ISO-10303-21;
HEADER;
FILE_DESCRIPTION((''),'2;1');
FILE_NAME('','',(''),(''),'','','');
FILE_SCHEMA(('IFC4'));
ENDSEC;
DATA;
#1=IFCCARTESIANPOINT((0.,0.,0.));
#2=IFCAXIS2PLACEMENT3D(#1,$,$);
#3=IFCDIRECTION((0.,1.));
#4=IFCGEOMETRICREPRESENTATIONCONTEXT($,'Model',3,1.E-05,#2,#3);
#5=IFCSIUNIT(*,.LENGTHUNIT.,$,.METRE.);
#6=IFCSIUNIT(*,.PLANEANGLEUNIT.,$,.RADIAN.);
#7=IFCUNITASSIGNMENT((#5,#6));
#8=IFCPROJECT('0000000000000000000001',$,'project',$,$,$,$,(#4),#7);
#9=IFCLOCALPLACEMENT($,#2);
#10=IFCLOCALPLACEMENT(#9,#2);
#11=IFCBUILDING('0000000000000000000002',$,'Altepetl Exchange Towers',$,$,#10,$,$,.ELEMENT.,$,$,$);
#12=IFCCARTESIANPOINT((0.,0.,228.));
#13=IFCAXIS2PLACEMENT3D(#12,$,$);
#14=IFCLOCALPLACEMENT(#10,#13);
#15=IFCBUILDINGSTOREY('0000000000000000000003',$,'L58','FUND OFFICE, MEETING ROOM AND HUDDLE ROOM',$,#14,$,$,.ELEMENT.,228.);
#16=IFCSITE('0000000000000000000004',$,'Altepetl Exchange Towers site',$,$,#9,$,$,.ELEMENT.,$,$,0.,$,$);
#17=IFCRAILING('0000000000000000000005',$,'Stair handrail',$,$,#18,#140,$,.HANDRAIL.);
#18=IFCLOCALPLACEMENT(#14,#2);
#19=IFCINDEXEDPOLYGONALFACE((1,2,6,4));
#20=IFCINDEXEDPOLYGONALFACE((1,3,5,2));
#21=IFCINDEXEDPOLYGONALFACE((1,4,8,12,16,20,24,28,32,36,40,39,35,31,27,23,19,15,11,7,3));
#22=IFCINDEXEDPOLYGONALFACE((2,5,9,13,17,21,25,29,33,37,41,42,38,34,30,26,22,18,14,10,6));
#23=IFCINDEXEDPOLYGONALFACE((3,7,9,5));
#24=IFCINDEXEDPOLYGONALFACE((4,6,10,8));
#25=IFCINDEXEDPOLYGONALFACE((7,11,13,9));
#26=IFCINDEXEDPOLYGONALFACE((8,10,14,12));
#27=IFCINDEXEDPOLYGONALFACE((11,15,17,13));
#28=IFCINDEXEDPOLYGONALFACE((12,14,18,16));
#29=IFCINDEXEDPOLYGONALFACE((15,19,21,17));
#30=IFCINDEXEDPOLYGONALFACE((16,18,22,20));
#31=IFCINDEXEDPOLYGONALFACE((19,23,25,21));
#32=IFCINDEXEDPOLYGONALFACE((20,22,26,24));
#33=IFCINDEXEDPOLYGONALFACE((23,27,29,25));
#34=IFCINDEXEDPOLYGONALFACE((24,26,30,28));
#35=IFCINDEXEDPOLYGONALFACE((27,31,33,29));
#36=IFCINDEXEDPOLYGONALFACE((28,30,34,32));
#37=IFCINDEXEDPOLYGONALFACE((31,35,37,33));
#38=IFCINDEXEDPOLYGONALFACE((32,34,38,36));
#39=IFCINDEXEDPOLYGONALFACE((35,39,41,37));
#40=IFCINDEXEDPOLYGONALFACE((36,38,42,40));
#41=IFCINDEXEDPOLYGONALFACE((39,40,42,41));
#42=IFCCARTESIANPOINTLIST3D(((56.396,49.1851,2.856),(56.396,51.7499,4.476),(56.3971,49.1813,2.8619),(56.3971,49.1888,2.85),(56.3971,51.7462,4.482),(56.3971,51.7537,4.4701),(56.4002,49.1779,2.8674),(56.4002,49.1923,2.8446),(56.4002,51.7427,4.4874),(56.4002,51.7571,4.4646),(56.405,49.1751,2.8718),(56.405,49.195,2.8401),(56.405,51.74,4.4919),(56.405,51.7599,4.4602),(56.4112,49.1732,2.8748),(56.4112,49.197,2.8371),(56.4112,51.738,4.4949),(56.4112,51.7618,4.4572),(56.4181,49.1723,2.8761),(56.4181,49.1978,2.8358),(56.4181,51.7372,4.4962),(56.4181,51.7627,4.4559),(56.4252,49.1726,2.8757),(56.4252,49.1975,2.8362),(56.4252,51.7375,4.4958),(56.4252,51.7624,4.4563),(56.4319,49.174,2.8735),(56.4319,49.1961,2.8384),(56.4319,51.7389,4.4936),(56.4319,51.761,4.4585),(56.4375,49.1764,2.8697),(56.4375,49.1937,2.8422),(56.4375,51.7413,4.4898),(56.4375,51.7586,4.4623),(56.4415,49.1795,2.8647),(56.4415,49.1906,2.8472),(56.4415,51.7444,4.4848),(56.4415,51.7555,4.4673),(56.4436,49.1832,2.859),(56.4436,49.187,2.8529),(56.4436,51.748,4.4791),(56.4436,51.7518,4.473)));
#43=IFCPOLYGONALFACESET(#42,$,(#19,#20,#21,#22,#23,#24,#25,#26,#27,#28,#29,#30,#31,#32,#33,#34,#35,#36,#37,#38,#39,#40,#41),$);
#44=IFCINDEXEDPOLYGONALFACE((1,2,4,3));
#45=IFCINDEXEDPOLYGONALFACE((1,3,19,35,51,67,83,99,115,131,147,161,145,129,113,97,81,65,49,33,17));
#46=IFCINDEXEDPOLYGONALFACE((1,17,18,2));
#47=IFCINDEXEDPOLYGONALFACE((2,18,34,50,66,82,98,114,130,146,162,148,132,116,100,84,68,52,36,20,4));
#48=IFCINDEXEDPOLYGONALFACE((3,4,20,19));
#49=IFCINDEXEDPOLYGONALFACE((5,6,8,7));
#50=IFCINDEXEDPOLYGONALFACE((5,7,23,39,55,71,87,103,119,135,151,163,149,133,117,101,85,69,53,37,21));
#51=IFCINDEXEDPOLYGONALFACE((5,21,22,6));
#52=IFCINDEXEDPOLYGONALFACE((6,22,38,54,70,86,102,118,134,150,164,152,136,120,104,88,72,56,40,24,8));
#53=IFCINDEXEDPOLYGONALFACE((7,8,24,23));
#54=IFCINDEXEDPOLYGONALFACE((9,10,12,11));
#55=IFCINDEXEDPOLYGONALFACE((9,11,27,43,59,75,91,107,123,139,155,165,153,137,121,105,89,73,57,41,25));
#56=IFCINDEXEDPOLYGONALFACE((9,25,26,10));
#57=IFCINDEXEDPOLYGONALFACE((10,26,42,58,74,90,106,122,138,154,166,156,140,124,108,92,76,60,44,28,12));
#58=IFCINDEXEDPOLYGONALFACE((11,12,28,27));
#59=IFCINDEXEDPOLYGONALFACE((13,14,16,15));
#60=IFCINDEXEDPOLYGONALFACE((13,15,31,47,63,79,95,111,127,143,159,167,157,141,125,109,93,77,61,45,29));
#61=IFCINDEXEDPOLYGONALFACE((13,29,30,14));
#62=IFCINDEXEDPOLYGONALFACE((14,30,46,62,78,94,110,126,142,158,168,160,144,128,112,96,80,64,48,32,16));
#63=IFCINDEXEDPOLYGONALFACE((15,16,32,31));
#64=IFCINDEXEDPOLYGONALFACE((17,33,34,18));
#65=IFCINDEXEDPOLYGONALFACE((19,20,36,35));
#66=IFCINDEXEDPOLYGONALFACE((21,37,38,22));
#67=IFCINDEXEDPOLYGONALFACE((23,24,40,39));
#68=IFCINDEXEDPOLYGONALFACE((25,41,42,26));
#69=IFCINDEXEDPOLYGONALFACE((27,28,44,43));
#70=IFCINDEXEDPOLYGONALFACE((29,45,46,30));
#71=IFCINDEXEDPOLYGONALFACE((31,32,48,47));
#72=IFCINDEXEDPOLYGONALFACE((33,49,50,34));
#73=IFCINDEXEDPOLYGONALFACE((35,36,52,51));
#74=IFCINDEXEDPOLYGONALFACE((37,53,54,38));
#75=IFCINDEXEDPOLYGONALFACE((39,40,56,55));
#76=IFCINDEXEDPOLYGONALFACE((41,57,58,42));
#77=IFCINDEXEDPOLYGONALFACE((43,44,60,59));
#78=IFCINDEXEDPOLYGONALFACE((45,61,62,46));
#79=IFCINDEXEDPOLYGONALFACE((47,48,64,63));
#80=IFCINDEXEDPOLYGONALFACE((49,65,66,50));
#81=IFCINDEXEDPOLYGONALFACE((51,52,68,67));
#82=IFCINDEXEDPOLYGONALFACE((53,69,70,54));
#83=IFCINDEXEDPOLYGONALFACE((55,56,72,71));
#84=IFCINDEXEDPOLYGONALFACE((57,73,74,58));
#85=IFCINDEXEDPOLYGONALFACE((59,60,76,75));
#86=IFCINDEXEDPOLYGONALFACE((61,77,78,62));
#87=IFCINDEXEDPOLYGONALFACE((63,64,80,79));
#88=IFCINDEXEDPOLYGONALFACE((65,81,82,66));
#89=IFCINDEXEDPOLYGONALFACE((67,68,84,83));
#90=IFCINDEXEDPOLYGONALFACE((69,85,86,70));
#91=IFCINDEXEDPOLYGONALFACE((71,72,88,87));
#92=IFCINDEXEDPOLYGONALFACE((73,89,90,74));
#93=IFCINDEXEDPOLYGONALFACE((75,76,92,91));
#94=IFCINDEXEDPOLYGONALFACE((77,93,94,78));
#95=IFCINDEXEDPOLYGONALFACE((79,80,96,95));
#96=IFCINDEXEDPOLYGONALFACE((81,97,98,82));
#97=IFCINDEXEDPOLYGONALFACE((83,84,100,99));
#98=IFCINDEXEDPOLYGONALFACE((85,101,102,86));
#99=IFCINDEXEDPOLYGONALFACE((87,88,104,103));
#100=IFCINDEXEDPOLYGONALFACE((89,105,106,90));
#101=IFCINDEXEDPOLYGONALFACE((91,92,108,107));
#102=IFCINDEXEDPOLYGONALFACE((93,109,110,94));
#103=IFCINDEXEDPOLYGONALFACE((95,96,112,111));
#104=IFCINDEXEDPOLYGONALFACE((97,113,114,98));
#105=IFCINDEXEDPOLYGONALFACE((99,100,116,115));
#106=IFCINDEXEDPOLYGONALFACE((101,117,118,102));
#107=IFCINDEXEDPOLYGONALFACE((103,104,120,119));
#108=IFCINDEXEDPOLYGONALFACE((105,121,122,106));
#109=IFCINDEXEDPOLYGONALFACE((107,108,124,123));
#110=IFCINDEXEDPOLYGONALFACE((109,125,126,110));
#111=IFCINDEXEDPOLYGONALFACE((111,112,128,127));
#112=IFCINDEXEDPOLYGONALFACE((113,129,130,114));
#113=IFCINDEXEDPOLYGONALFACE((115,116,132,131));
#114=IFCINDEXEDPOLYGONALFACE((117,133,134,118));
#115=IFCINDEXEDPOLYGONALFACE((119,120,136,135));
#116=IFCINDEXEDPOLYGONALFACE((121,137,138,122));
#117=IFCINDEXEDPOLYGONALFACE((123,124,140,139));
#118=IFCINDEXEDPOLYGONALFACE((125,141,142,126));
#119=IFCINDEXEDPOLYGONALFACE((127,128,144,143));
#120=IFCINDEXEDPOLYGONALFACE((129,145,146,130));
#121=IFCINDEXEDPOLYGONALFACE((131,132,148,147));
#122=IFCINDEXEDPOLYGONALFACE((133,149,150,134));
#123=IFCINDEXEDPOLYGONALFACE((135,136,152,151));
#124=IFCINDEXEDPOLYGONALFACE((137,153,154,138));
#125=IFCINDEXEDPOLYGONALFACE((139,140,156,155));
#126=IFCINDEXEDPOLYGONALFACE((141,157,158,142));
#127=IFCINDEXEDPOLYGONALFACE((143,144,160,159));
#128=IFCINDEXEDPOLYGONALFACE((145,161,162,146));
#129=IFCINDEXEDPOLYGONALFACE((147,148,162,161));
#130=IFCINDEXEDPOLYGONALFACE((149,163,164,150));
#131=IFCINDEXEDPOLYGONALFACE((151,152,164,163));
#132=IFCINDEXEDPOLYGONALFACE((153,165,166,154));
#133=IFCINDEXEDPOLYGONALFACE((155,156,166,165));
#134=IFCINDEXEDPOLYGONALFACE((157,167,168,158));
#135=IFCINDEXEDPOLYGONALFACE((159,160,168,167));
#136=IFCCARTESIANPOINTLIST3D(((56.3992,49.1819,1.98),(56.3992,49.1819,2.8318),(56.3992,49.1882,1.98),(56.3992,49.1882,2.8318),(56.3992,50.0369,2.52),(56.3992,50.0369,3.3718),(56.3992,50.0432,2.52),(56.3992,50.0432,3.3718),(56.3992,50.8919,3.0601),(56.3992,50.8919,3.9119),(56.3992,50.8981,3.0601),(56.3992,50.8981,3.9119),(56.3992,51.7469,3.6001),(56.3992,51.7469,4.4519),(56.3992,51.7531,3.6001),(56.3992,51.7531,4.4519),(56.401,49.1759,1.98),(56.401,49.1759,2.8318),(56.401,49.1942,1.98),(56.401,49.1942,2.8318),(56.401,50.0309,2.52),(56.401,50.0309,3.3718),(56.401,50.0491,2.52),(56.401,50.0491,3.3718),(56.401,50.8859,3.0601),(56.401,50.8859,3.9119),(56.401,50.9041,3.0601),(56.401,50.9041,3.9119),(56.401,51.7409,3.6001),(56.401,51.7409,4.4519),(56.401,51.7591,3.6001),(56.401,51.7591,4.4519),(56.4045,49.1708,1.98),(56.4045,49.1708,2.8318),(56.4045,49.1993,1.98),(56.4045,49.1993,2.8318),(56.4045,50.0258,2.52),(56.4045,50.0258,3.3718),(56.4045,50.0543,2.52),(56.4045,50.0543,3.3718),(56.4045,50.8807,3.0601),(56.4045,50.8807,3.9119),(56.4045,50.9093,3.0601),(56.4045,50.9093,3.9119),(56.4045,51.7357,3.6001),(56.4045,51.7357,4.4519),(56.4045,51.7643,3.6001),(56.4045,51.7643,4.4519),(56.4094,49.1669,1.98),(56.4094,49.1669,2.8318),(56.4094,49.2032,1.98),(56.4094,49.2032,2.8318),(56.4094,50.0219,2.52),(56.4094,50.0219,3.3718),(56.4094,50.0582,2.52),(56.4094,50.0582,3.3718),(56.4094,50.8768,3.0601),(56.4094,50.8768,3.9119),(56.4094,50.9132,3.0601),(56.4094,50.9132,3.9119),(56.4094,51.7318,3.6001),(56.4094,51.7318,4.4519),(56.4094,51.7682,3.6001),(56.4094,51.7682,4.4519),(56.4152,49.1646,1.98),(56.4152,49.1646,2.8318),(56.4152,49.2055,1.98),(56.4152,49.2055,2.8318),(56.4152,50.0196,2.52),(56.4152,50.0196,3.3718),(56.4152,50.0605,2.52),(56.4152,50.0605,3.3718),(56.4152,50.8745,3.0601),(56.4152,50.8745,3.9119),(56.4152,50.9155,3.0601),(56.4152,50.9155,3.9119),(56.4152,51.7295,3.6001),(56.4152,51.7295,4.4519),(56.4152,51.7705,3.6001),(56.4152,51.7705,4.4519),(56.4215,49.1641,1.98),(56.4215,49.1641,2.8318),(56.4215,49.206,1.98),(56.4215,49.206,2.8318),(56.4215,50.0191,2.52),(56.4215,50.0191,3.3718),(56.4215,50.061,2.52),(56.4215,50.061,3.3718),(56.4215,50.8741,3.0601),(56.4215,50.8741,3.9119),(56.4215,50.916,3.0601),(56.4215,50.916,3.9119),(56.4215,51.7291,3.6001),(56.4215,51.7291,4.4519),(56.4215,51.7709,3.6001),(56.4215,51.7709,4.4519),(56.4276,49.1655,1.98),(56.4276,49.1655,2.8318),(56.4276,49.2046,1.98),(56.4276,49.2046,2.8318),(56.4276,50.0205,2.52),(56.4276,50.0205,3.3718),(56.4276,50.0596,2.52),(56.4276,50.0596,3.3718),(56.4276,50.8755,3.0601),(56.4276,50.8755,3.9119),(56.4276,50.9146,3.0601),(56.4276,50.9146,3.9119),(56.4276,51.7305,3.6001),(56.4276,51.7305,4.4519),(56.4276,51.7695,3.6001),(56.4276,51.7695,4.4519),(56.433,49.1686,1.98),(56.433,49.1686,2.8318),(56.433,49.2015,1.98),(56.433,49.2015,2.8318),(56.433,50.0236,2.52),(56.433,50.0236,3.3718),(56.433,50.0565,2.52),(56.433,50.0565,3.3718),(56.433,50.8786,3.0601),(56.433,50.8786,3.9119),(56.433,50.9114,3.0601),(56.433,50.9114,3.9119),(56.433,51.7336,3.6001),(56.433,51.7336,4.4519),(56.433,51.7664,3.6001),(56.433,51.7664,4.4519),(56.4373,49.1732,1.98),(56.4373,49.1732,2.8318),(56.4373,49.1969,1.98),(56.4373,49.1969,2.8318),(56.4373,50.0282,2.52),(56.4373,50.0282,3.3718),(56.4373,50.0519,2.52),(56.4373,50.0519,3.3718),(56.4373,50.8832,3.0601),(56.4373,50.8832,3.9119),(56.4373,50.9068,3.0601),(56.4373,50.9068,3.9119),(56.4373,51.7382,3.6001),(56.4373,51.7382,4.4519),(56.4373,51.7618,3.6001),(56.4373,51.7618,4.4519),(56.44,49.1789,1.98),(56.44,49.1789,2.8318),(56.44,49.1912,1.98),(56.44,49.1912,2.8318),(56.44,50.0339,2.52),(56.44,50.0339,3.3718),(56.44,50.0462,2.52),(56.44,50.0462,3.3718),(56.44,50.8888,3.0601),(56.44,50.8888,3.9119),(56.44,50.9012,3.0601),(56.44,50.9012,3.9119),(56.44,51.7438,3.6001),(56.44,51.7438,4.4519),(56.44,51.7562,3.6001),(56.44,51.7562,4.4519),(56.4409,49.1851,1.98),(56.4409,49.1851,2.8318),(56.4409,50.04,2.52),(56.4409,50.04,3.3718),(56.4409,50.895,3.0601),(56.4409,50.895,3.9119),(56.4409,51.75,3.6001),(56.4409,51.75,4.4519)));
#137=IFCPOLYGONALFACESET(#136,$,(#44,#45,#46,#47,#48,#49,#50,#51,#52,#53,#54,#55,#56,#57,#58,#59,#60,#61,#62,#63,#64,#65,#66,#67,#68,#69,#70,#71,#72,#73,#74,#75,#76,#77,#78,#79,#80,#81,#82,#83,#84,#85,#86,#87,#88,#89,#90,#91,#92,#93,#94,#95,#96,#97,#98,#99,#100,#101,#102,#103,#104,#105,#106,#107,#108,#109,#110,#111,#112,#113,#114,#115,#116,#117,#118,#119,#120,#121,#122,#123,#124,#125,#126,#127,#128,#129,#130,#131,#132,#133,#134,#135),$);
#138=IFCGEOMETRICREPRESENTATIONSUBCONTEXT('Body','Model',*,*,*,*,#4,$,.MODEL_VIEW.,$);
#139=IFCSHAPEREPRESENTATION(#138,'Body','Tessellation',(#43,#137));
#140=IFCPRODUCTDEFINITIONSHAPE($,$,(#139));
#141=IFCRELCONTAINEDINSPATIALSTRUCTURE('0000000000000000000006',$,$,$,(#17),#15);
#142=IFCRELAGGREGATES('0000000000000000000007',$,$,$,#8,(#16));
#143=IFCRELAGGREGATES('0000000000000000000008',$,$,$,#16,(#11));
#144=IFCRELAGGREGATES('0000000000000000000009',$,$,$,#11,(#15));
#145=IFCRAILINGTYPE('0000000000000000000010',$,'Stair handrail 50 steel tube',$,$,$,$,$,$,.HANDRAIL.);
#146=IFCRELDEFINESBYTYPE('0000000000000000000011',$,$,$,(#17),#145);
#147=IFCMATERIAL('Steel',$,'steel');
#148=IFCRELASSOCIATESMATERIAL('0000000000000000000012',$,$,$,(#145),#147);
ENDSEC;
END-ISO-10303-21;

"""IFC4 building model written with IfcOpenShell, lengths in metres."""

from ifc_helpers import new_model, si_unit, direction, frame, origin, origin_2d, place, context, subcontext, project, spatial, circle, extrude, source, transform, mapped, material, type_object, element, save


model = new_model("IFC4")

# Units and contexts
model_context = context("Model", 3, precision=1e-05, world=origin(), true_north=direction((0.0, 1.0)))
body_context = subcontext(model_context, "Body", "Model", "MODEL_VIEW")
ifc_project = project(units=[si_unit("LENGTHUNIT", "METRE"), si_unit("PLANEANGLEUNIT", "RADIAN")], contexts=[model_context])

# Site, building, storey
site_placement = place(None, origin())
site = spatial("IfcSite", under=ifc_project, at=site_placement, Name="Altepetl Exchange Towers site", CompositionType="ELEMENT", RefElevation=0.0)
building_placement = place(site_placement, origin())
building = spatial("IfcBuilding", under=site, at=building_placement, Name="Altepetl Exchange Towers", CompositionType="ELEMENT")
storey_placement = place(building_placement, frame((0.0, 0.0, 228.0)))
storey = spatial("IfcBuildingStorey", under=building, at=storey_placement, Name="L58", Description="FUND OFFICE, MEETING ROOM AND HUDDLE ROOM", CompositionType="ELEMENT", Elevation=228.0)

# Railing
ifc_material_1 = material(Name="Steel", Category="steel")
railing_type = type_object("IfcRailingType", Name="Stair handrail 50 steel tube", PredefinedType="HANDRAIL", material=ifc_material_1)
shared_shape = source(origin(), body_context, "Body", "SweptSolid", [
    extrude(circle(Radius=0.021, at=origin_2d()), origin(), (0.0, 0.0, 1.0), 0.8518),
])
railing_placement = place(storey_placement, frame((56.4199, 49.1851, 1.98)))
element("IfcRailing", 1, at=railing_placement, inside=storey, type_object=railing_type, Name="Stair handrail", PredefinedType="HANDRAIL", context=body_context, shape_type="SweptSolid", body=[
    extrude(circle(Radius=0.0239, at=origin_2d()), frame((0.0, 0.0, 0.876), z_axis=(0.0, 0.845466, 0.534029), x_axis=(-1.0, 0.0, 0.0)), (0.0, 0.0, 1.0), 3.0337),
    mapped(shared_shape, transform((0.0, 0.0, 0.0))),
    mapped(shared_shape, transform((0.0, 0.855, 0.54))),
    mapped(shared_shape, transform((0.0, 1.71, 1.0801))),
    mapped(shared_shape, transform((0.0, 2.5649, 1.6201))),
])

save(model, "model.ifc")
